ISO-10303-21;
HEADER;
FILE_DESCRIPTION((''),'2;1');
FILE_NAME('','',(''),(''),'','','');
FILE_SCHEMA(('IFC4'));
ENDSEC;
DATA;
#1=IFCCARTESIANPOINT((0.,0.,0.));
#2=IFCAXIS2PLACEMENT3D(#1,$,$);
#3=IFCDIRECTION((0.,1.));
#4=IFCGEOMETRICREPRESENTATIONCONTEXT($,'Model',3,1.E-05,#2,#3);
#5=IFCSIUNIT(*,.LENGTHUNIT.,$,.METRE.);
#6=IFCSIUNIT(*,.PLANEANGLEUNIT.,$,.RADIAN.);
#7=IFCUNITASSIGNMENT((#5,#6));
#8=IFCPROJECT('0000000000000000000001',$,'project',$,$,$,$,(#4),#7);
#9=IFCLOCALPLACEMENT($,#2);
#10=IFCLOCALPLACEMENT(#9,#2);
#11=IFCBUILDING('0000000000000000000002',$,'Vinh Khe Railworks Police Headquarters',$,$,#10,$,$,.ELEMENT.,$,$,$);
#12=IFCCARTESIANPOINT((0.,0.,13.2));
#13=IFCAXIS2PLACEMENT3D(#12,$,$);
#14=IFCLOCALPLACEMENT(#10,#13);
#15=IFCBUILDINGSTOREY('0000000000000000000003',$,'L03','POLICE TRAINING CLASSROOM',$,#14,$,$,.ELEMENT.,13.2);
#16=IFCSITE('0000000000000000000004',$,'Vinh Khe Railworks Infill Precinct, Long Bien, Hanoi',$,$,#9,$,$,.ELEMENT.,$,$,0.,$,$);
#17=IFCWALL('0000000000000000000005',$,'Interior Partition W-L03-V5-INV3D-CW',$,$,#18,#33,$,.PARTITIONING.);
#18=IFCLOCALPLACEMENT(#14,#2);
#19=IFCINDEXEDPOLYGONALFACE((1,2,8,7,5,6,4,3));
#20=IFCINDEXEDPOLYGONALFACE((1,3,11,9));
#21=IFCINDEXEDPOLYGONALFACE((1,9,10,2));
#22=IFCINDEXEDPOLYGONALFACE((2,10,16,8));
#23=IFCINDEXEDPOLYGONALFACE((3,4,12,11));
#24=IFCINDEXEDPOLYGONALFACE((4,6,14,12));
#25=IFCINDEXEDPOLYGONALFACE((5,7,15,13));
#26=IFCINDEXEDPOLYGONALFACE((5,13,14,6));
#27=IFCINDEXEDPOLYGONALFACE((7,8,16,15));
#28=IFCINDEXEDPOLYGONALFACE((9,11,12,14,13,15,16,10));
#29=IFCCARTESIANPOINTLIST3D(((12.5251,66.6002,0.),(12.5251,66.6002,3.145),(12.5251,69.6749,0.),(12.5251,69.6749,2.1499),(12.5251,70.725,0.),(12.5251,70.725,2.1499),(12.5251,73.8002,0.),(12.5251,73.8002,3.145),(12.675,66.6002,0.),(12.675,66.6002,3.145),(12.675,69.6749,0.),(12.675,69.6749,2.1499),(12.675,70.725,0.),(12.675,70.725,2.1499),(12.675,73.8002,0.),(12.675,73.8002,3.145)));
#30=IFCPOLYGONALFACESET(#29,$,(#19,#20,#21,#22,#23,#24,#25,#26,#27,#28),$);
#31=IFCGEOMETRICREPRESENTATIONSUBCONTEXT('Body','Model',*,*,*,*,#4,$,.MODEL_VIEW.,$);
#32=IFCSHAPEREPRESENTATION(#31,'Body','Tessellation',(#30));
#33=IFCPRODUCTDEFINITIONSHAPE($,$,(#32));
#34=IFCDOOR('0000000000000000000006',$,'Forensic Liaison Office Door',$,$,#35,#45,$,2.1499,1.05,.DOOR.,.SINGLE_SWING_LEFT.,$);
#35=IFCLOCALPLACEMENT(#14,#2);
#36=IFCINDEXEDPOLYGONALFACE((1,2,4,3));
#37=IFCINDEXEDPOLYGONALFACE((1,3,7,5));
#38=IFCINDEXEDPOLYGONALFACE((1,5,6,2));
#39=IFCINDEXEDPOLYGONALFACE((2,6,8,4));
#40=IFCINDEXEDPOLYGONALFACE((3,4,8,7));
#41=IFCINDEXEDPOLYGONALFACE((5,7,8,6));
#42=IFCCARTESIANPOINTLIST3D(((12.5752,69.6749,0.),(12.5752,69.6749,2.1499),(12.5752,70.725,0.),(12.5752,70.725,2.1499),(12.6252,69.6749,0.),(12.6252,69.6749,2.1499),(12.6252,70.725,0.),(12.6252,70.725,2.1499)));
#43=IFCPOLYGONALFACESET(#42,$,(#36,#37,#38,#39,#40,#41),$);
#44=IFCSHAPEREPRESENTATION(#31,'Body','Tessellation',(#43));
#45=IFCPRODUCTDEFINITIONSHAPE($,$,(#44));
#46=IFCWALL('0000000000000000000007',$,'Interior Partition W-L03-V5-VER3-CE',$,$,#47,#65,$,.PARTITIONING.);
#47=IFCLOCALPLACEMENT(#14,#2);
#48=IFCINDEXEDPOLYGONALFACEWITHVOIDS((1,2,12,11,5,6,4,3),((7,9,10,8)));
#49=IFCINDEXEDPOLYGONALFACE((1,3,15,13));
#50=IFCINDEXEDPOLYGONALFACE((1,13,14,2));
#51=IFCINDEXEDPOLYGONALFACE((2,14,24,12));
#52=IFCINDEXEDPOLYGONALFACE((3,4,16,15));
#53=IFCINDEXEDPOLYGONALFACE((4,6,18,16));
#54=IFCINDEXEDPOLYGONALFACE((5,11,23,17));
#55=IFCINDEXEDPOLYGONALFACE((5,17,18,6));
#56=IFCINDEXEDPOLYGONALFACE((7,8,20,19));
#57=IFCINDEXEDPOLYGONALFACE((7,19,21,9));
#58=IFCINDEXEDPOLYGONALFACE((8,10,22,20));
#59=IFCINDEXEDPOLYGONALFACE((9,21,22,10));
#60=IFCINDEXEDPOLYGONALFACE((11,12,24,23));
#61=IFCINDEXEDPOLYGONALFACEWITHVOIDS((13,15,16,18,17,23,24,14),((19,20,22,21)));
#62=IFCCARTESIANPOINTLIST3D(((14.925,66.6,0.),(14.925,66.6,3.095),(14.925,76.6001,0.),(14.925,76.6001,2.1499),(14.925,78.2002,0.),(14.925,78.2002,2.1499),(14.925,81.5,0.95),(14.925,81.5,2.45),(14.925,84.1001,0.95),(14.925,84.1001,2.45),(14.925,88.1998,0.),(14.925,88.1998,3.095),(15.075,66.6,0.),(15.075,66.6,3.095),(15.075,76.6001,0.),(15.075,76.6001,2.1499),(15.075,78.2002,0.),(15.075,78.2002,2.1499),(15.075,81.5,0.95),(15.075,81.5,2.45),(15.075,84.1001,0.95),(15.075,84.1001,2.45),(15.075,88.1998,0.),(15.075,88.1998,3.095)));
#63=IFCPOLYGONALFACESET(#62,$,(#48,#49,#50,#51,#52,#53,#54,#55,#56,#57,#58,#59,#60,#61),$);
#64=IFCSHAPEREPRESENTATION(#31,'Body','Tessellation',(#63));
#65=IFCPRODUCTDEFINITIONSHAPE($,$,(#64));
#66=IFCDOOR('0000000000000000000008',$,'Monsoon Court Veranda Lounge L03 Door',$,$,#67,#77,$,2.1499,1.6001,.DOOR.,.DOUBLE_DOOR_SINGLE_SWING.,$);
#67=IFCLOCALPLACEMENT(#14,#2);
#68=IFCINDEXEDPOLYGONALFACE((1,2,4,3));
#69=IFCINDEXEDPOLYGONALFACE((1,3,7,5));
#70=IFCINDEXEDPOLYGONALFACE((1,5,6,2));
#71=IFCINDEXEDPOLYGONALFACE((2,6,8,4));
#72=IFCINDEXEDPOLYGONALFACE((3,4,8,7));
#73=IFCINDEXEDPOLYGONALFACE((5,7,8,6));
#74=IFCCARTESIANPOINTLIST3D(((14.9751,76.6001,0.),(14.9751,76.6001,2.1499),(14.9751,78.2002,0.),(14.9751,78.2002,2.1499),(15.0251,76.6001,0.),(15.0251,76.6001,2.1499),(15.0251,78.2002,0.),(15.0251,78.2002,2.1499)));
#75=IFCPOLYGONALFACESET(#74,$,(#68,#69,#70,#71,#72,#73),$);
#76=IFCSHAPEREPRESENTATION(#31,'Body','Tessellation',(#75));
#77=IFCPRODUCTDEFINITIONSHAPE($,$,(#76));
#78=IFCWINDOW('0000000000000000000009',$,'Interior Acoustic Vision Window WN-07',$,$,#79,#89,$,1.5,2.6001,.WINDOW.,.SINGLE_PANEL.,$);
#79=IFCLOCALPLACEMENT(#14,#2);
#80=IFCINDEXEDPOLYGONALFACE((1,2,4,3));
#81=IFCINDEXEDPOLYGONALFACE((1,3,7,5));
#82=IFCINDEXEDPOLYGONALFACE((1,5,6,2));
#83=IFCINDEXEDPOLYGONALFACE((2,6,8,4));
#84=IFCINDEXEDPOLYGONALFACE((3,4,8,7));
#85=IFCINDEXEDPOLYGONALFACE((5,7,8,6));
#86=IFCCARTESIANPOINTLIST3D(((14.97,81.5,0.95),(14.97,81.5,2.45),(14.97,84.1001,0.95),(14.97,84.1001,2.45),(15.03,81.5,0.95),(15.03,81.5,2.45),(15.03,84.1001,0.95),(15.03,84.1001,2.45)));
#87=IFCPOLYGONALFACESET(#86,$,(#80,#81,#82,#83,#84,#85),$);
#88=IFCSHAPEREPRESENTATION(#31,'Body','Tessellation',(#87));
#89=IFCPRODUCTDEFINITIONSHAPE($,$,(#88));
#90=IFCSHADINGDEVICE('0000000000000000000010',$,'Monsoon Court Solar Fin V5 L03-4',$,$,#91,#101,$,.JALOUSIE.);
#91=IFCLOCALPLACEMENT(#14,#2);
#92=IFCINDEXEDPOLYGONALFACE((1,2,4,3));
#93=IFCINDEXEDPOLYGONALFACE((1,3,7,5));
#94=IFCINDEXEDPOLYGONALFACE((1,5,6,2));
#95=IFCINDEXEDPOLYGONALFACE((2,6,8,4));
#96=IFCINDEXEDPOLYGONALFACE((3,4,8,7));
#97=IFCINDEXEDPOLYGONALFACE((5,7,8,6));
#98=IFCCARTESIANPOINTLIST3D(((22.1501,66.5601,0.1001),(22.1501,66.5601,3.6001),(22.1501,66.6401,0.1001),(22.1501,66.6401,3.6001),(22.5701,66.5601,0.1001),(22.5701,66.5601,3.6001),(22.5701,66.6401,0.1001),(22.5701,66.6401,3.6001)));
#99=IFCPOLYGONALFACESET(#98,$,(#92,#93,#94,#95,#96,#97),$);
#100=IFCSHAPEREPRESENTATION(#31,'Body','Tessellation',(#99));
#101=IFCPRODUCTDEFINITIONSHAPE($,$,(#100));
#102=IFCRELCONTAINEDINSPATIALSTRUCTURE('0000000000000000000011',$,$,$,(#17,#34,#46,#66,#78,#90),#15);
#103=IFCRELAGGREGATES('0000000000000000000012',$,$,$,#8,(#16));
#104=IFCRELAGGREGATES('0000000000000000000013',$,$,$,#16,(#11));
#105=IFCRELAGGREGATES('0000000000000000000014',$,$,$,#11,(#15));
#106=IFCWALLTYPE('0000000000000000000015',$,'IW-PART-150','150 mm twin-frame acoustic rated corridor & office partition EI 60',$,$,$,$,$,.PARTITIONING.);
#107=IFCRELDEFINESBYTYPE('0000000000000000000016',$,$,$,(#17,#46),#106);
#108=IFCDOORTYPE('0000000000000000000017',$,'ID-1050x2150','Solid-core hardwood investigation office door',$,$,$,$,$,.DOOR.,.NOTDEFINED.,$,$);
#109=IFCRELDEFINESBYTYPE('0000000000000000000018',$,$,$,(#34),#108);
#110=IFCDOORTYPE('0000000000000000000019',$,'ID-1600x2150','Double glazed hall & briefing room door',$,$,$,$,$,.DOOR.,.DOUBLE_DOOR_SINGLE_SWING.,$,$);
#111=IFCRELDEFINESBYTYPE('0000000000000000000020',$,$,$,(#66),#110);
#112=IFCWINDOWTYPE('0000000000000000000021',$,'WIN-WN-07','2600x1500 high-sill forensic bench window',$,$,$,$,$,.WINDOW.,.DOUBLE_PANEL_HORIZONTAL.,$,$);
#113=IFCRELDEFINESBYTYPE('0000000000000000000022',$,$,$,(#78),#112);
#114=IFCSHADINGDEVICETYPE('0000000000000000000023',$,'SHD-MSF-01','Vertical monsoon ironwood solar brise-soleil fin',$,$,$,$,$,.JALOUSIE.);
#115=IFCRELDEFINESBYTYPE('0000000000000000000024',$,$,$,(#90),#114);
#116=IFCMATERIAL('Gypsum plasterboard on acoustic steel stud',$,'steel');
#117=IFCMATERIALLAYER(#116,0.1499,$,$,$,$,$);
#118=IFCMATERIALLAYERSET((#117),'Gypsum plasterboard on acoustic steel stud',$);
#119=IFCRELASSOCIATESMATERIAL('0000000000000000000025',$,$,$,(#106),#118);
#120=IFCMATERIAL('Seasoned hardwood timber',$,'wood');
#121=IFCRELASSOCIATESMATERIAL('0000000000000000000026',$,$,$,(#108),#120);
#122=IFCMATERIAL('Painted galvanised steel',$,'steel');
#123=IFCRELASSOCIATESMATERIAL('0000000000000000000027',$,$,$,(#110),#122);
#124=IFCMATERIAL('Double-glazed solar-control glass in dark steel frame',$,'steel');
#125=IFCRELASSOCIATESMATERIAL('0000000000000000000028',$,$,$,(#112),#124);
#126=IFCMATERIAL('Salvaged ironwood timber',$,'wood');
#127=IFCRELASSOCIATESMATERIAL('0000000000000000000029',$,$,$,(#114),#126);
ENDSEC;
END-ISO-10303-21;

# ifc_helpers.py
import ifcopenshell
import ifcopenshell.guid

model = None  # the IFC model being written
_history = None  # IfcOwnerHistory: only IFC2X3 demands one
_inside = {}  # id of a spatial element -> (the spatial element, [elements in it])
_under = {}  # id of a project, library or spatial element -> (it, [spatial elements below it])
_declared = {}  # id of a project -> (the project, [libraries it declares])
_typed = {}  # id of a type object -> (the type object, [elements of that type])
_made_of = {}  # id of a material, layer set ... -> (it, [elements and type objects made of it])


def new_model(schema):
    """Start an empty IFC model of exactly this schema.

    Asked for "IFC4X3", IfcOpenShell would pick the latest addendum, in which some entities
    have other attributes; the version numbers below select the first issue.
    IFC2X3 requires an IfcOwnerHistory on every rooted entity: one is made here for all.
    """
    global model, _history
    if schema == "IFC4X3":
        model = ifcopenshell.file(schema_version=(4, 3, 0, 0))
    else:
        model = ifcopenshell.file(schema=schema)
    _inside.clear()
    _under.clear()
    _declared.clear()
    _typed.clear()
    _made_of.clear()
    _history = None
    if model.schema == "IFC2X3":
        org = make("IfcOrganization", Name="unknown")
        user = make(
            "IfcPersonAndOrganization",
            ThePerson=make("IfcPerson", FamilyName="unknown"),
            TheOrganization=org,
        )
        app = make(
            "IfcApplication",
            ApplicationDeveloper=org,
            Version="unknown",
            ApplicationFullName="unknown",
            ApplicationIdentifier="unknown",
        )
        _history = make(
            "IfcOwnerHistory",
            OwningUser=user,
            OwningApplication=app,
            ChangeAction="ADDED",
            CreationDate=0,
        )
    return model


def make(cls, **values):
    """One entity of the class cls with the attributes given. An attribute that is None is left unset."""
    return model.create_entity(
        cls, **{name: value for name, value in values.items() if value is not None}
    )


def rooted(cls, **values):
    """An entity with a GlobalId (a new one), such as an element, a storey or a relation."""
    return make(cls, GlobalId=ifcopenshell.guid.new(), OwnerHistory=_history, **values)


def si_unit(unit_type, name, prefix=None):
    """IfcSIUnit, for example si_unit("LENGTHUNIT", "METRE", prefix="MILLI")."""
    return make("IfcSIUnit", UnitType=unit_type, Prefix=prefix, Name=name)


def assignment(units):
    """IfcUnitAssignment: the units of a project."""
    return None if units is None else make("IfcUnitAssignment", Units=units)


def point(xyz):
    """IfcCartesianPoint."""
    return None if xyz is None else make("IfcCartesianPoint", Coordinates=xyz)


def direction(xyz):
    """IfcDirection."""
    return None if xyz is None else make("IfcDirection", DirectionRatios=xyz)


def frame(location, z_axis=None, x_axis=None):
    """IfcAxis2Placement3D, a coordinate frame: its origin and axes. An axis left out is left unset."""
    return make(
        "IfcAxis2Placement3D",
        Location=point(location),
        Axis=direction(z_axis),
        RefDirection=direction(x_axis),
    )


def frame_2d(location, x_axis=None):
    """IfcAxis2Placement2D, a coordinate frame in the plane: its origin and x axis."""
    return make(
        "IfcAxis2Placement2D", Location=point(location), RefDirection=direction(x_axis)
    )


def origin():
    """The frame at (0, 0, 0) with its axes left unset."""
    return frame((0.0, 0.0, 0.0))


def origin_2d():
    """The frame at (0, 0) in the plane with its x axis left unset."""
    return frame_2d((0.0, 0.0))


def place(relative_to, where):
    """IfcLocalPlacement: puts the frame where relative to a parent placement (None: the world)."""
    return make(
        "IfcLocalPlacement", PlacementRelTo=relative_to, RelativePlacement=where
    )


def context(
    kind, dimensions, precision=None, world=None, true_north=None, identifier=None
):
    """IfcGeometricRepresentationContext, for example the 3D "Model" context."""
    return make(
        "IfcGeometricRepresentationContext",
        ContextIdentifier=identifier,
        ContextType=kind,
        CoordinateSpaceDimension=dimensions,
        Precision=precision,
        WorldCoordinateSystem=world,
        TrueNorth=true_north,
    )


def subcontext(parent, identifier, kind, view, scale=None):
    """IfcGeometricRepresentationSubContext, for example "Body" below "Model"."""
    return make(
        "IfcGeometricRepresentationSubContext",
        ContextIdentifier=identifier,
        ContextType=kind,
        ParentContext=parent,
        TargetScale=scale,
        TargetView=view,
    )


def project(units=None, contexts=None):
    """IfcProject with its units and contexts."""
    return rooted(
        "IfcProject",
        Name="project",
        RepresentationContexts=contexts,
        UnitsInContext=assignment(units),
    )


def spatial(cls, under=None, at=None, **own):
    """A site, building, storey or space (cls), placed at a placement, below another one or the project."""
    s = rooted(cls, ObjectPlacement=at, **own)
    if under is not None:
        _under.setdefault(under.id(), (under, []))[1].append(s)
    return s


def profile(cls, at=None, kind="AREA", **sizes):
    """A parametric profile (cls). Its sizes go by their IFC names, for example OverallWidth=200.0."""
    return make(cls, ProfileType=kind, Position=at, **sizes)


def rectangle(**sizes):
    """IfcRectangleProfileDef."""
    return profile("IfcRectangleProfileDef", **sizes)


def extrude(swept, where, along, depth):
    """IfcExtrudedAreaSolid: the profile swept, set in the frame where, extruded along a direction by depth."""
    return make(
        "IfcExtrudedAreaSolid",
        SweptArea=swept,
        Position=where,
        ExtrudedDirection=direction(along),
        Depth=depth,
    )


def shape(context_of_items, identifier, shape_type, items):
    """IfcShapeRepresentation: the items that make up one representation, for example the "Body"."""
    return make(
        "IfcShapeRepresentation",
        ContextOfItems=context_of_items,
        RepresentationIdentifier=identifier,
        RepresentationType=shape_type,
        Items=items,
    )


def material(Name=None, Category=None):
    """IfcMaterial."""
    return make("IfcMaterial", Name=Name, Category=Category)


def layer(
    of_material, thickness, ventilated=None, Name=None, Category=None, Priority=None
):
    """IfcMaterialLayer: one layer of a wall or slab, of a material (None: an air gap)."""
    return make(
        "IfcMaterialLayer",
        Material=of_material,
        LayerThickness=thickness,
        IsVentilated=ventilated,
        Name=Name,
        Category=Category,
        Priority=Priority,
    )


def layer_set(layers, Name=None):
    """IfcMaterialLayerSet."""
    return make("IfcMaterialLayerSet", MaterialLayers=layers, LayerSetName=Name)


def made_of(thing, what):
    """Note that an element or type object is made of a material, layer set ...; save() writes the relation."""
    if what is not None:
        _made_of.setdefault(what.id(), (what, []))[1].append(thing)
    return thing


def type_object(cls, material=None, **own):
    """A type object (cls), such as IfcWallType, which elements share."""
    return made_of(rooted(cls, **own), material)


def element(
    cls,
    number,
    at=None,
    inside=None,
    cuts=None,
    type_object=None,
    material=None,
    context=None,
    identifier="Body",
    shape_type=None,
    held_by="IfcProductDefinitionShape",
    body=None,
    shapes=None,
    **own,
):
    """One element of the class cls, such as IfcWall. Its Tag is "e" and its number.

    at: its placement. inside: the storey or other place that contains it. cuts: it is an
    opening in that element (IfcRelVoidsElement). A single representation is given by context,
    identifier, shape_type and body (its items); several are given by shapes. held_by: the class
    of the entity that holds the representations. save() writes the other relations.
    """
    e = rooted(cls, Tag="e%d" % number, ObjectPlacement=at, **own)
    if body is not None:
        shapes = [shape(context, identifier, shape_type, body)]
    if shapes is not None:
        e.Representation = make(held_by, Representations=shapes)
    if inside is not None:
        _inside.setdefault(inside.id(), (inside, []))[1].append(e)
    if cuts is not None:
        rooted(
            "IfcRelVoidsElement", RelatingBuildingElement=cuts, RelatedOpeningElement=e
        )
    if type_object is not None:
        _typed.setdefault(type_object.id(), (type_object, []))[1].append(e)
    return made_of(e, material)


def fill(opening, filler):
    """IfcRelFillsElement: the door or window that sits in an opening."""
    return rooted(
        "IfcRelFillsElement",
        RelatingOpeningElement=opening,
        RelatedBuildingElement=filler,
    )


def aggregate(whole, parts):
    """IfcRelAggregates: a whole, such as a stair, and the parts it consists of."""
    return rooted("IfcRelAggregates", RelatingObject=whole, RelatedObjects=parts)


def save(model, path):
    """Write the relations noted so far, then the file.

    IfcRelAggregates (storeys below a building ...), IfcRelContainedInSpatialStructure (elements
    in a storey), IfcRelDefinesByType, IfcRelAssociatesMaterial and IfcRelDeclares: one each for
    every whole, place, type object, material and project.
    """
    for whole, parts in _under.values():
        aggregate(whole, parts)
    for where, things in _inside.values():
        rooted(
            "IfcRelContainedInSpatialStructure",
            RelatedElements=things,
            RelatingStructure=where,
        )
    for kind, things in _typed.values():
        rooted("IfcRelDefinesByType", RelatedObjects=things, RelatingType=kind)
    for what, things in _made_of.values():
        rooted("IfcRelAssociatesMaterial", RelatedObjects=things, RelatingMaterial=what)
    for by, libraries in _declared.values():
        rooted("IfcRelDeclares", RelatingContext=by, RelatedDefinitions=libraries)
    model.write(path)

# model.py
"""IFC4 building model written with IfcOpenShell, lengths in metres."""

from ifc_helpers import new_model, si_unit, direction, frame, frame_2d, origin, origin_2d, place, context, subcontext, project, spatial, rectangle, extrude, material, layer, layer_set, type_object, element, fill, save


model = new_model("IFC4")

# Units and contexts
model_context = context("Model", 3, precision=1e-05, world=origin(), true_north=direction((0.0, 1.0)))
body_context = subcontext(model_context, "Body", "Model", "MODEL_VIEW")
ifc_project = project(units=[si_unit("LENGTHUNIT", "METRE"), si_unit("PLANEANGLEUNIT", "RADIAN")], contexts=[model_context])

# Site, building, storey
site_placement = place(None, origin())
site = spatial("IfcSite", under=ifc_project, at=site_placement, Name="Vinh Khe Railworks Infill Precinct, Long Bien, Hanoi", CompositionType="ELEMENT", RefElevation=0.0)
building_placement = place(site_placement, origin())
building = spatial("IfcBuilding", under=site, at=building_placement, Name="Vinh Khe Railworks Police Headquarters", CompositionType="ELEMENT")
storey_placement = place(building_placement, frame((0.0, 0.0, 13.2)))
storey = spatial("IfcBuildingStorey", under=building, at=storey_placement, Name="L03", Description="POLICE TRAINING CLASSROOM", CompositionType="ELEMENT", Elevation=13.2)

# Shared definitions
ifc_material_1 = material(Name="Salvaged ironwood timber", Category="wood")

# Shared definitions
ifc_material_2 = material(Name="Double-glazed solar-control glass in dark steel frame", Category="steel")

# Wall, opening, door
ifc_material_3 = material(Name="Gypsum plasterboard on acoustic steel stud", Category="steel")
ifc_layer_1 = layer(ifc_material_3, 0.1499)
ifc_layer_set_1 = layer_set([ifc_layer_1], Name="Gypsum plasterboard on acoustic steel stud")
wall_type_1 = type_object("IfcWallType", Name="IW-PART-150", Description="150 mm twin-frame acoustic rated corridor & office partition EI 60", PredefinedType="PARTITIONING", material=ifc_layer_set_1)
wall_1_placement = place(storey_placement, frame((12.6001, 66.6001, 0.0), z_axis=(0.0, 0.0, 1.0), x_axis=(0.0, 1.0, 0.0)))
wall_1 = element("IfcWall", 1, at=wall_1_placement, inside=storey, type_object=wall_type_1, Name="Interior Partition W-L03-V5-INV3D-CW", PredefinedType="PARTITIONING", context=body_context, shape_type="SweptSolid", body=[
    extrude(rectangle(XDim=7.2, YDim=0.1499, at=frame_2d((3.6001, 0.0))), origin(), (0.0, 0.0, 1.0), 3.145),
])
opening_1_placement = place(wall_1_placement, frame((3.075, 0.0, 0.0)))
opening_1 = element("IfcOpeningElement", 2, at=opening_1_placement, cuts=wall_1, PredefinedType="OPENING", context=body_context, shape_type="SweptSolid", body=[
    extrude(rectangle(XDim=1.05, YDim=2.1499, at=frame_2d((0.5249, 1.075))), frame((0.0, 0.0898, 0.0), z_axis=(0.0, -1.0, 0.0), x_axis=(1.0, 0.0, 0.0)), (0.0, 0.0, 1.0), 0.1797),
])
ifc_material_4 = material(Name="Seasoned hardwood timber", Category="wood")
door_type_1 = type_object("IfcDoorType", Name="ID-1050x2150", Description="Solid-core hardwood investigation office door", OperationType="NOTDEFINED", PredefinedType="DOOR", material=ifc_material_4)
door_1_placement = place(opening_1_placement, origin())
door_1 = element("IfcDoor", 3, at=door_1_placement, inside=storey, type_object=door_type_1, Name="Forensic Liaison Office Door", OperationType="SINGLE_SWING_LEFT", OverallHeight=2.1499, OverallWidth=1.05, PredefinedType="DOOR", context=body_context, shape_type="SweptSolid", body=[
    extrude(rectangle(XDim=1.05, YDim=2.1499, at=frame_2d((0.5249, 1.075))), frame((0.0, 0.0249, 0.0), z_axis=(0.0, -1.0, 0.0), x_axis=(1.0, 0.0, 0.0)), (0.0, 0.0, 1.0), 0.05),
])
fill(opening_1, door_1)

# Wall, openings, door, window
wall_2_placement = place(storey_placement, frame((15.0, 66.6001, 0.0), z_axis=(0.0, 0.0, 1.0), x_axis=(0.0, 1.0, 0.0)))
wall_2 = element("IfcWall", 4, at=wall_2_placement, inside=storey, type_object=wall_type_1, Name="Interior Partition W-L03-V5-VER3-CE", PredefinedType="PARTITIONING", context=body_context, shape_type="SweptSolid", body=[
    extrude(rectangle(XDim=21.5999, YDim=0.1499, at=frame_2d((10.7998, 0.0))), origin(), (0.0, 0.0, 1.0), 3.095),
])
opening_2_placement = place(wall_2_placement, frame((10.0, 0.0, 0.0)))
opening_2 = element("IfcOpeningElement", 5, at=opening_2_placement, cuts=wall_2, PredefinedType="OPENING", context=body_context, shape_type="SweptSolid", body=[
    extrude(rectangle(XDim=1.6001, YDim=2.1499, at=frame_2d((0.8, 1.075))), frame((0.0, 0.0898, 0.0), z_axis=(0.0, -1.0, 0.0), x_axis=(1.0, 0.0, 0.0)), (0.0, 0.0, 1.0), 0.1797),
])
opening_3_placement = place(wall_2_placement, frame((14.8999, 0.0, 0.95)))
opening_3 = element("IfcOpeningElement", 6, at=opening_3_placement, cuts=wall_2, PredefinedType="OPENING", context=body_context, shape_type="SweptSolid", body=[
    extrude(rectangle(XDim=2.6001, YDim=1.5, at=frame_2d((1.3, 0.75))), frame((0.0, 0.0898, 0.0), z_axis=(0.0, -1.0, 0.0), x_axis=(1.0, 0.0, 0.0)), (0.0, 0.0, 1.0), 0.1797),
])
ifc_material_5 = material(Name="Painted galvanised steel", Category="steel")
door_type_2 = type_object("IfcDoorType", Name="ID-1600x2150", Description="Double glazed hall & briefing room door", OperationType="DOUBLE_DOOR_SINGLE_SWING", PredefinedType="DOOR", material=ifc_material_5)
door_2_placement = place(opening_2_placement, origin())
door_2 = element("IfcDoor", 7, at=door_2_placement, inside=storey, type_object=door_type_2, Name="Monsoon Court Veranda Lounge L03 Door", OperationType="DOUBLE_DOOR_SINGLE_SWING", OverallHeight=2.1499, OverallWidth=1.6001, PredefinedType="DOOR", context=body_context, shape_type="SweptSolid", body=[
    extrude(rectangle(XDim=1.6001, YDim=2.1499, at=frame_2d((0.8, 1.075))), frame((0.0, 0.0249, 0.0), z_axis=(0.0, -1.0, 0.0), x_axis=(1.0, 0.0, 0.0)), (0.0, 0.0, 1.0), 0.05),
])
fill(opening_2, door_2)
window_type_1 = type_object("IfcWindowType", Name="WIN-WN-07", Description="2600x1500 high-sill forensic bench window", PartitioningType="DOUBLE_PANEL_HORIZONTAL", PredefinedType="WINDOW", material=ifc_material_2)
window_1_placement = place(opening_3_placement, origin())
window_1 = element("IfcWindow", 8, at=window_1_placement, inside=storey, type_object=window_type_1, Name="Interior Acoustic Vision Window WN-07", OverallHeight=1.5, OverallWidth=2.6001, PartitioningType="SINGLE_PANEL", PredefinedType="WINDOW", context=body_context, shape_type="SweptSolid", body=[
    extrude(rectangle(XDim=2.6001, YDim=1.5, at=frame_2d((1.3, 0.75))), frame((0.0, 0.03, 0.0), z_axis=(0.0, -1.0, 0.0), x_axis=(1.0, 0.0, 0.0)), (0.0, 0.0, 1.0), 0.0601),
])
fill(opening_3, window_1)

# Shading device
shading_device_type = type_object("IfcShadingDeviceType", Name="SHD-MSF-01", Description="Vertical monsoon ironwood solar brise-soleil fin", PredefinedType="JALOUSIE", material=ifc_material_1)
shading_device_placement = place(storey_placement, frame((22.3601, 66.6001, 0.1001), z_axis=(0.0, 0.0, 1.0), x_axis=(1.0, 0.0, 0.0)))
element("IfcShadingDevice", 9, at=shading_device_placement, inside=storey, type_object=shading_device_type, Name="Monsoon Court Solar Fin V5 L03-4", PredefinedType="JALOUSIE", context=body_context, shape_type="SweptSolid", body=[
    extrude(rectangle(XDim=0.4199, YDim=0.0801, at=origin_2d()), origin(), (0.0, 0.0, 1.0), 3.5),
])

save(model, "model.ifc")
